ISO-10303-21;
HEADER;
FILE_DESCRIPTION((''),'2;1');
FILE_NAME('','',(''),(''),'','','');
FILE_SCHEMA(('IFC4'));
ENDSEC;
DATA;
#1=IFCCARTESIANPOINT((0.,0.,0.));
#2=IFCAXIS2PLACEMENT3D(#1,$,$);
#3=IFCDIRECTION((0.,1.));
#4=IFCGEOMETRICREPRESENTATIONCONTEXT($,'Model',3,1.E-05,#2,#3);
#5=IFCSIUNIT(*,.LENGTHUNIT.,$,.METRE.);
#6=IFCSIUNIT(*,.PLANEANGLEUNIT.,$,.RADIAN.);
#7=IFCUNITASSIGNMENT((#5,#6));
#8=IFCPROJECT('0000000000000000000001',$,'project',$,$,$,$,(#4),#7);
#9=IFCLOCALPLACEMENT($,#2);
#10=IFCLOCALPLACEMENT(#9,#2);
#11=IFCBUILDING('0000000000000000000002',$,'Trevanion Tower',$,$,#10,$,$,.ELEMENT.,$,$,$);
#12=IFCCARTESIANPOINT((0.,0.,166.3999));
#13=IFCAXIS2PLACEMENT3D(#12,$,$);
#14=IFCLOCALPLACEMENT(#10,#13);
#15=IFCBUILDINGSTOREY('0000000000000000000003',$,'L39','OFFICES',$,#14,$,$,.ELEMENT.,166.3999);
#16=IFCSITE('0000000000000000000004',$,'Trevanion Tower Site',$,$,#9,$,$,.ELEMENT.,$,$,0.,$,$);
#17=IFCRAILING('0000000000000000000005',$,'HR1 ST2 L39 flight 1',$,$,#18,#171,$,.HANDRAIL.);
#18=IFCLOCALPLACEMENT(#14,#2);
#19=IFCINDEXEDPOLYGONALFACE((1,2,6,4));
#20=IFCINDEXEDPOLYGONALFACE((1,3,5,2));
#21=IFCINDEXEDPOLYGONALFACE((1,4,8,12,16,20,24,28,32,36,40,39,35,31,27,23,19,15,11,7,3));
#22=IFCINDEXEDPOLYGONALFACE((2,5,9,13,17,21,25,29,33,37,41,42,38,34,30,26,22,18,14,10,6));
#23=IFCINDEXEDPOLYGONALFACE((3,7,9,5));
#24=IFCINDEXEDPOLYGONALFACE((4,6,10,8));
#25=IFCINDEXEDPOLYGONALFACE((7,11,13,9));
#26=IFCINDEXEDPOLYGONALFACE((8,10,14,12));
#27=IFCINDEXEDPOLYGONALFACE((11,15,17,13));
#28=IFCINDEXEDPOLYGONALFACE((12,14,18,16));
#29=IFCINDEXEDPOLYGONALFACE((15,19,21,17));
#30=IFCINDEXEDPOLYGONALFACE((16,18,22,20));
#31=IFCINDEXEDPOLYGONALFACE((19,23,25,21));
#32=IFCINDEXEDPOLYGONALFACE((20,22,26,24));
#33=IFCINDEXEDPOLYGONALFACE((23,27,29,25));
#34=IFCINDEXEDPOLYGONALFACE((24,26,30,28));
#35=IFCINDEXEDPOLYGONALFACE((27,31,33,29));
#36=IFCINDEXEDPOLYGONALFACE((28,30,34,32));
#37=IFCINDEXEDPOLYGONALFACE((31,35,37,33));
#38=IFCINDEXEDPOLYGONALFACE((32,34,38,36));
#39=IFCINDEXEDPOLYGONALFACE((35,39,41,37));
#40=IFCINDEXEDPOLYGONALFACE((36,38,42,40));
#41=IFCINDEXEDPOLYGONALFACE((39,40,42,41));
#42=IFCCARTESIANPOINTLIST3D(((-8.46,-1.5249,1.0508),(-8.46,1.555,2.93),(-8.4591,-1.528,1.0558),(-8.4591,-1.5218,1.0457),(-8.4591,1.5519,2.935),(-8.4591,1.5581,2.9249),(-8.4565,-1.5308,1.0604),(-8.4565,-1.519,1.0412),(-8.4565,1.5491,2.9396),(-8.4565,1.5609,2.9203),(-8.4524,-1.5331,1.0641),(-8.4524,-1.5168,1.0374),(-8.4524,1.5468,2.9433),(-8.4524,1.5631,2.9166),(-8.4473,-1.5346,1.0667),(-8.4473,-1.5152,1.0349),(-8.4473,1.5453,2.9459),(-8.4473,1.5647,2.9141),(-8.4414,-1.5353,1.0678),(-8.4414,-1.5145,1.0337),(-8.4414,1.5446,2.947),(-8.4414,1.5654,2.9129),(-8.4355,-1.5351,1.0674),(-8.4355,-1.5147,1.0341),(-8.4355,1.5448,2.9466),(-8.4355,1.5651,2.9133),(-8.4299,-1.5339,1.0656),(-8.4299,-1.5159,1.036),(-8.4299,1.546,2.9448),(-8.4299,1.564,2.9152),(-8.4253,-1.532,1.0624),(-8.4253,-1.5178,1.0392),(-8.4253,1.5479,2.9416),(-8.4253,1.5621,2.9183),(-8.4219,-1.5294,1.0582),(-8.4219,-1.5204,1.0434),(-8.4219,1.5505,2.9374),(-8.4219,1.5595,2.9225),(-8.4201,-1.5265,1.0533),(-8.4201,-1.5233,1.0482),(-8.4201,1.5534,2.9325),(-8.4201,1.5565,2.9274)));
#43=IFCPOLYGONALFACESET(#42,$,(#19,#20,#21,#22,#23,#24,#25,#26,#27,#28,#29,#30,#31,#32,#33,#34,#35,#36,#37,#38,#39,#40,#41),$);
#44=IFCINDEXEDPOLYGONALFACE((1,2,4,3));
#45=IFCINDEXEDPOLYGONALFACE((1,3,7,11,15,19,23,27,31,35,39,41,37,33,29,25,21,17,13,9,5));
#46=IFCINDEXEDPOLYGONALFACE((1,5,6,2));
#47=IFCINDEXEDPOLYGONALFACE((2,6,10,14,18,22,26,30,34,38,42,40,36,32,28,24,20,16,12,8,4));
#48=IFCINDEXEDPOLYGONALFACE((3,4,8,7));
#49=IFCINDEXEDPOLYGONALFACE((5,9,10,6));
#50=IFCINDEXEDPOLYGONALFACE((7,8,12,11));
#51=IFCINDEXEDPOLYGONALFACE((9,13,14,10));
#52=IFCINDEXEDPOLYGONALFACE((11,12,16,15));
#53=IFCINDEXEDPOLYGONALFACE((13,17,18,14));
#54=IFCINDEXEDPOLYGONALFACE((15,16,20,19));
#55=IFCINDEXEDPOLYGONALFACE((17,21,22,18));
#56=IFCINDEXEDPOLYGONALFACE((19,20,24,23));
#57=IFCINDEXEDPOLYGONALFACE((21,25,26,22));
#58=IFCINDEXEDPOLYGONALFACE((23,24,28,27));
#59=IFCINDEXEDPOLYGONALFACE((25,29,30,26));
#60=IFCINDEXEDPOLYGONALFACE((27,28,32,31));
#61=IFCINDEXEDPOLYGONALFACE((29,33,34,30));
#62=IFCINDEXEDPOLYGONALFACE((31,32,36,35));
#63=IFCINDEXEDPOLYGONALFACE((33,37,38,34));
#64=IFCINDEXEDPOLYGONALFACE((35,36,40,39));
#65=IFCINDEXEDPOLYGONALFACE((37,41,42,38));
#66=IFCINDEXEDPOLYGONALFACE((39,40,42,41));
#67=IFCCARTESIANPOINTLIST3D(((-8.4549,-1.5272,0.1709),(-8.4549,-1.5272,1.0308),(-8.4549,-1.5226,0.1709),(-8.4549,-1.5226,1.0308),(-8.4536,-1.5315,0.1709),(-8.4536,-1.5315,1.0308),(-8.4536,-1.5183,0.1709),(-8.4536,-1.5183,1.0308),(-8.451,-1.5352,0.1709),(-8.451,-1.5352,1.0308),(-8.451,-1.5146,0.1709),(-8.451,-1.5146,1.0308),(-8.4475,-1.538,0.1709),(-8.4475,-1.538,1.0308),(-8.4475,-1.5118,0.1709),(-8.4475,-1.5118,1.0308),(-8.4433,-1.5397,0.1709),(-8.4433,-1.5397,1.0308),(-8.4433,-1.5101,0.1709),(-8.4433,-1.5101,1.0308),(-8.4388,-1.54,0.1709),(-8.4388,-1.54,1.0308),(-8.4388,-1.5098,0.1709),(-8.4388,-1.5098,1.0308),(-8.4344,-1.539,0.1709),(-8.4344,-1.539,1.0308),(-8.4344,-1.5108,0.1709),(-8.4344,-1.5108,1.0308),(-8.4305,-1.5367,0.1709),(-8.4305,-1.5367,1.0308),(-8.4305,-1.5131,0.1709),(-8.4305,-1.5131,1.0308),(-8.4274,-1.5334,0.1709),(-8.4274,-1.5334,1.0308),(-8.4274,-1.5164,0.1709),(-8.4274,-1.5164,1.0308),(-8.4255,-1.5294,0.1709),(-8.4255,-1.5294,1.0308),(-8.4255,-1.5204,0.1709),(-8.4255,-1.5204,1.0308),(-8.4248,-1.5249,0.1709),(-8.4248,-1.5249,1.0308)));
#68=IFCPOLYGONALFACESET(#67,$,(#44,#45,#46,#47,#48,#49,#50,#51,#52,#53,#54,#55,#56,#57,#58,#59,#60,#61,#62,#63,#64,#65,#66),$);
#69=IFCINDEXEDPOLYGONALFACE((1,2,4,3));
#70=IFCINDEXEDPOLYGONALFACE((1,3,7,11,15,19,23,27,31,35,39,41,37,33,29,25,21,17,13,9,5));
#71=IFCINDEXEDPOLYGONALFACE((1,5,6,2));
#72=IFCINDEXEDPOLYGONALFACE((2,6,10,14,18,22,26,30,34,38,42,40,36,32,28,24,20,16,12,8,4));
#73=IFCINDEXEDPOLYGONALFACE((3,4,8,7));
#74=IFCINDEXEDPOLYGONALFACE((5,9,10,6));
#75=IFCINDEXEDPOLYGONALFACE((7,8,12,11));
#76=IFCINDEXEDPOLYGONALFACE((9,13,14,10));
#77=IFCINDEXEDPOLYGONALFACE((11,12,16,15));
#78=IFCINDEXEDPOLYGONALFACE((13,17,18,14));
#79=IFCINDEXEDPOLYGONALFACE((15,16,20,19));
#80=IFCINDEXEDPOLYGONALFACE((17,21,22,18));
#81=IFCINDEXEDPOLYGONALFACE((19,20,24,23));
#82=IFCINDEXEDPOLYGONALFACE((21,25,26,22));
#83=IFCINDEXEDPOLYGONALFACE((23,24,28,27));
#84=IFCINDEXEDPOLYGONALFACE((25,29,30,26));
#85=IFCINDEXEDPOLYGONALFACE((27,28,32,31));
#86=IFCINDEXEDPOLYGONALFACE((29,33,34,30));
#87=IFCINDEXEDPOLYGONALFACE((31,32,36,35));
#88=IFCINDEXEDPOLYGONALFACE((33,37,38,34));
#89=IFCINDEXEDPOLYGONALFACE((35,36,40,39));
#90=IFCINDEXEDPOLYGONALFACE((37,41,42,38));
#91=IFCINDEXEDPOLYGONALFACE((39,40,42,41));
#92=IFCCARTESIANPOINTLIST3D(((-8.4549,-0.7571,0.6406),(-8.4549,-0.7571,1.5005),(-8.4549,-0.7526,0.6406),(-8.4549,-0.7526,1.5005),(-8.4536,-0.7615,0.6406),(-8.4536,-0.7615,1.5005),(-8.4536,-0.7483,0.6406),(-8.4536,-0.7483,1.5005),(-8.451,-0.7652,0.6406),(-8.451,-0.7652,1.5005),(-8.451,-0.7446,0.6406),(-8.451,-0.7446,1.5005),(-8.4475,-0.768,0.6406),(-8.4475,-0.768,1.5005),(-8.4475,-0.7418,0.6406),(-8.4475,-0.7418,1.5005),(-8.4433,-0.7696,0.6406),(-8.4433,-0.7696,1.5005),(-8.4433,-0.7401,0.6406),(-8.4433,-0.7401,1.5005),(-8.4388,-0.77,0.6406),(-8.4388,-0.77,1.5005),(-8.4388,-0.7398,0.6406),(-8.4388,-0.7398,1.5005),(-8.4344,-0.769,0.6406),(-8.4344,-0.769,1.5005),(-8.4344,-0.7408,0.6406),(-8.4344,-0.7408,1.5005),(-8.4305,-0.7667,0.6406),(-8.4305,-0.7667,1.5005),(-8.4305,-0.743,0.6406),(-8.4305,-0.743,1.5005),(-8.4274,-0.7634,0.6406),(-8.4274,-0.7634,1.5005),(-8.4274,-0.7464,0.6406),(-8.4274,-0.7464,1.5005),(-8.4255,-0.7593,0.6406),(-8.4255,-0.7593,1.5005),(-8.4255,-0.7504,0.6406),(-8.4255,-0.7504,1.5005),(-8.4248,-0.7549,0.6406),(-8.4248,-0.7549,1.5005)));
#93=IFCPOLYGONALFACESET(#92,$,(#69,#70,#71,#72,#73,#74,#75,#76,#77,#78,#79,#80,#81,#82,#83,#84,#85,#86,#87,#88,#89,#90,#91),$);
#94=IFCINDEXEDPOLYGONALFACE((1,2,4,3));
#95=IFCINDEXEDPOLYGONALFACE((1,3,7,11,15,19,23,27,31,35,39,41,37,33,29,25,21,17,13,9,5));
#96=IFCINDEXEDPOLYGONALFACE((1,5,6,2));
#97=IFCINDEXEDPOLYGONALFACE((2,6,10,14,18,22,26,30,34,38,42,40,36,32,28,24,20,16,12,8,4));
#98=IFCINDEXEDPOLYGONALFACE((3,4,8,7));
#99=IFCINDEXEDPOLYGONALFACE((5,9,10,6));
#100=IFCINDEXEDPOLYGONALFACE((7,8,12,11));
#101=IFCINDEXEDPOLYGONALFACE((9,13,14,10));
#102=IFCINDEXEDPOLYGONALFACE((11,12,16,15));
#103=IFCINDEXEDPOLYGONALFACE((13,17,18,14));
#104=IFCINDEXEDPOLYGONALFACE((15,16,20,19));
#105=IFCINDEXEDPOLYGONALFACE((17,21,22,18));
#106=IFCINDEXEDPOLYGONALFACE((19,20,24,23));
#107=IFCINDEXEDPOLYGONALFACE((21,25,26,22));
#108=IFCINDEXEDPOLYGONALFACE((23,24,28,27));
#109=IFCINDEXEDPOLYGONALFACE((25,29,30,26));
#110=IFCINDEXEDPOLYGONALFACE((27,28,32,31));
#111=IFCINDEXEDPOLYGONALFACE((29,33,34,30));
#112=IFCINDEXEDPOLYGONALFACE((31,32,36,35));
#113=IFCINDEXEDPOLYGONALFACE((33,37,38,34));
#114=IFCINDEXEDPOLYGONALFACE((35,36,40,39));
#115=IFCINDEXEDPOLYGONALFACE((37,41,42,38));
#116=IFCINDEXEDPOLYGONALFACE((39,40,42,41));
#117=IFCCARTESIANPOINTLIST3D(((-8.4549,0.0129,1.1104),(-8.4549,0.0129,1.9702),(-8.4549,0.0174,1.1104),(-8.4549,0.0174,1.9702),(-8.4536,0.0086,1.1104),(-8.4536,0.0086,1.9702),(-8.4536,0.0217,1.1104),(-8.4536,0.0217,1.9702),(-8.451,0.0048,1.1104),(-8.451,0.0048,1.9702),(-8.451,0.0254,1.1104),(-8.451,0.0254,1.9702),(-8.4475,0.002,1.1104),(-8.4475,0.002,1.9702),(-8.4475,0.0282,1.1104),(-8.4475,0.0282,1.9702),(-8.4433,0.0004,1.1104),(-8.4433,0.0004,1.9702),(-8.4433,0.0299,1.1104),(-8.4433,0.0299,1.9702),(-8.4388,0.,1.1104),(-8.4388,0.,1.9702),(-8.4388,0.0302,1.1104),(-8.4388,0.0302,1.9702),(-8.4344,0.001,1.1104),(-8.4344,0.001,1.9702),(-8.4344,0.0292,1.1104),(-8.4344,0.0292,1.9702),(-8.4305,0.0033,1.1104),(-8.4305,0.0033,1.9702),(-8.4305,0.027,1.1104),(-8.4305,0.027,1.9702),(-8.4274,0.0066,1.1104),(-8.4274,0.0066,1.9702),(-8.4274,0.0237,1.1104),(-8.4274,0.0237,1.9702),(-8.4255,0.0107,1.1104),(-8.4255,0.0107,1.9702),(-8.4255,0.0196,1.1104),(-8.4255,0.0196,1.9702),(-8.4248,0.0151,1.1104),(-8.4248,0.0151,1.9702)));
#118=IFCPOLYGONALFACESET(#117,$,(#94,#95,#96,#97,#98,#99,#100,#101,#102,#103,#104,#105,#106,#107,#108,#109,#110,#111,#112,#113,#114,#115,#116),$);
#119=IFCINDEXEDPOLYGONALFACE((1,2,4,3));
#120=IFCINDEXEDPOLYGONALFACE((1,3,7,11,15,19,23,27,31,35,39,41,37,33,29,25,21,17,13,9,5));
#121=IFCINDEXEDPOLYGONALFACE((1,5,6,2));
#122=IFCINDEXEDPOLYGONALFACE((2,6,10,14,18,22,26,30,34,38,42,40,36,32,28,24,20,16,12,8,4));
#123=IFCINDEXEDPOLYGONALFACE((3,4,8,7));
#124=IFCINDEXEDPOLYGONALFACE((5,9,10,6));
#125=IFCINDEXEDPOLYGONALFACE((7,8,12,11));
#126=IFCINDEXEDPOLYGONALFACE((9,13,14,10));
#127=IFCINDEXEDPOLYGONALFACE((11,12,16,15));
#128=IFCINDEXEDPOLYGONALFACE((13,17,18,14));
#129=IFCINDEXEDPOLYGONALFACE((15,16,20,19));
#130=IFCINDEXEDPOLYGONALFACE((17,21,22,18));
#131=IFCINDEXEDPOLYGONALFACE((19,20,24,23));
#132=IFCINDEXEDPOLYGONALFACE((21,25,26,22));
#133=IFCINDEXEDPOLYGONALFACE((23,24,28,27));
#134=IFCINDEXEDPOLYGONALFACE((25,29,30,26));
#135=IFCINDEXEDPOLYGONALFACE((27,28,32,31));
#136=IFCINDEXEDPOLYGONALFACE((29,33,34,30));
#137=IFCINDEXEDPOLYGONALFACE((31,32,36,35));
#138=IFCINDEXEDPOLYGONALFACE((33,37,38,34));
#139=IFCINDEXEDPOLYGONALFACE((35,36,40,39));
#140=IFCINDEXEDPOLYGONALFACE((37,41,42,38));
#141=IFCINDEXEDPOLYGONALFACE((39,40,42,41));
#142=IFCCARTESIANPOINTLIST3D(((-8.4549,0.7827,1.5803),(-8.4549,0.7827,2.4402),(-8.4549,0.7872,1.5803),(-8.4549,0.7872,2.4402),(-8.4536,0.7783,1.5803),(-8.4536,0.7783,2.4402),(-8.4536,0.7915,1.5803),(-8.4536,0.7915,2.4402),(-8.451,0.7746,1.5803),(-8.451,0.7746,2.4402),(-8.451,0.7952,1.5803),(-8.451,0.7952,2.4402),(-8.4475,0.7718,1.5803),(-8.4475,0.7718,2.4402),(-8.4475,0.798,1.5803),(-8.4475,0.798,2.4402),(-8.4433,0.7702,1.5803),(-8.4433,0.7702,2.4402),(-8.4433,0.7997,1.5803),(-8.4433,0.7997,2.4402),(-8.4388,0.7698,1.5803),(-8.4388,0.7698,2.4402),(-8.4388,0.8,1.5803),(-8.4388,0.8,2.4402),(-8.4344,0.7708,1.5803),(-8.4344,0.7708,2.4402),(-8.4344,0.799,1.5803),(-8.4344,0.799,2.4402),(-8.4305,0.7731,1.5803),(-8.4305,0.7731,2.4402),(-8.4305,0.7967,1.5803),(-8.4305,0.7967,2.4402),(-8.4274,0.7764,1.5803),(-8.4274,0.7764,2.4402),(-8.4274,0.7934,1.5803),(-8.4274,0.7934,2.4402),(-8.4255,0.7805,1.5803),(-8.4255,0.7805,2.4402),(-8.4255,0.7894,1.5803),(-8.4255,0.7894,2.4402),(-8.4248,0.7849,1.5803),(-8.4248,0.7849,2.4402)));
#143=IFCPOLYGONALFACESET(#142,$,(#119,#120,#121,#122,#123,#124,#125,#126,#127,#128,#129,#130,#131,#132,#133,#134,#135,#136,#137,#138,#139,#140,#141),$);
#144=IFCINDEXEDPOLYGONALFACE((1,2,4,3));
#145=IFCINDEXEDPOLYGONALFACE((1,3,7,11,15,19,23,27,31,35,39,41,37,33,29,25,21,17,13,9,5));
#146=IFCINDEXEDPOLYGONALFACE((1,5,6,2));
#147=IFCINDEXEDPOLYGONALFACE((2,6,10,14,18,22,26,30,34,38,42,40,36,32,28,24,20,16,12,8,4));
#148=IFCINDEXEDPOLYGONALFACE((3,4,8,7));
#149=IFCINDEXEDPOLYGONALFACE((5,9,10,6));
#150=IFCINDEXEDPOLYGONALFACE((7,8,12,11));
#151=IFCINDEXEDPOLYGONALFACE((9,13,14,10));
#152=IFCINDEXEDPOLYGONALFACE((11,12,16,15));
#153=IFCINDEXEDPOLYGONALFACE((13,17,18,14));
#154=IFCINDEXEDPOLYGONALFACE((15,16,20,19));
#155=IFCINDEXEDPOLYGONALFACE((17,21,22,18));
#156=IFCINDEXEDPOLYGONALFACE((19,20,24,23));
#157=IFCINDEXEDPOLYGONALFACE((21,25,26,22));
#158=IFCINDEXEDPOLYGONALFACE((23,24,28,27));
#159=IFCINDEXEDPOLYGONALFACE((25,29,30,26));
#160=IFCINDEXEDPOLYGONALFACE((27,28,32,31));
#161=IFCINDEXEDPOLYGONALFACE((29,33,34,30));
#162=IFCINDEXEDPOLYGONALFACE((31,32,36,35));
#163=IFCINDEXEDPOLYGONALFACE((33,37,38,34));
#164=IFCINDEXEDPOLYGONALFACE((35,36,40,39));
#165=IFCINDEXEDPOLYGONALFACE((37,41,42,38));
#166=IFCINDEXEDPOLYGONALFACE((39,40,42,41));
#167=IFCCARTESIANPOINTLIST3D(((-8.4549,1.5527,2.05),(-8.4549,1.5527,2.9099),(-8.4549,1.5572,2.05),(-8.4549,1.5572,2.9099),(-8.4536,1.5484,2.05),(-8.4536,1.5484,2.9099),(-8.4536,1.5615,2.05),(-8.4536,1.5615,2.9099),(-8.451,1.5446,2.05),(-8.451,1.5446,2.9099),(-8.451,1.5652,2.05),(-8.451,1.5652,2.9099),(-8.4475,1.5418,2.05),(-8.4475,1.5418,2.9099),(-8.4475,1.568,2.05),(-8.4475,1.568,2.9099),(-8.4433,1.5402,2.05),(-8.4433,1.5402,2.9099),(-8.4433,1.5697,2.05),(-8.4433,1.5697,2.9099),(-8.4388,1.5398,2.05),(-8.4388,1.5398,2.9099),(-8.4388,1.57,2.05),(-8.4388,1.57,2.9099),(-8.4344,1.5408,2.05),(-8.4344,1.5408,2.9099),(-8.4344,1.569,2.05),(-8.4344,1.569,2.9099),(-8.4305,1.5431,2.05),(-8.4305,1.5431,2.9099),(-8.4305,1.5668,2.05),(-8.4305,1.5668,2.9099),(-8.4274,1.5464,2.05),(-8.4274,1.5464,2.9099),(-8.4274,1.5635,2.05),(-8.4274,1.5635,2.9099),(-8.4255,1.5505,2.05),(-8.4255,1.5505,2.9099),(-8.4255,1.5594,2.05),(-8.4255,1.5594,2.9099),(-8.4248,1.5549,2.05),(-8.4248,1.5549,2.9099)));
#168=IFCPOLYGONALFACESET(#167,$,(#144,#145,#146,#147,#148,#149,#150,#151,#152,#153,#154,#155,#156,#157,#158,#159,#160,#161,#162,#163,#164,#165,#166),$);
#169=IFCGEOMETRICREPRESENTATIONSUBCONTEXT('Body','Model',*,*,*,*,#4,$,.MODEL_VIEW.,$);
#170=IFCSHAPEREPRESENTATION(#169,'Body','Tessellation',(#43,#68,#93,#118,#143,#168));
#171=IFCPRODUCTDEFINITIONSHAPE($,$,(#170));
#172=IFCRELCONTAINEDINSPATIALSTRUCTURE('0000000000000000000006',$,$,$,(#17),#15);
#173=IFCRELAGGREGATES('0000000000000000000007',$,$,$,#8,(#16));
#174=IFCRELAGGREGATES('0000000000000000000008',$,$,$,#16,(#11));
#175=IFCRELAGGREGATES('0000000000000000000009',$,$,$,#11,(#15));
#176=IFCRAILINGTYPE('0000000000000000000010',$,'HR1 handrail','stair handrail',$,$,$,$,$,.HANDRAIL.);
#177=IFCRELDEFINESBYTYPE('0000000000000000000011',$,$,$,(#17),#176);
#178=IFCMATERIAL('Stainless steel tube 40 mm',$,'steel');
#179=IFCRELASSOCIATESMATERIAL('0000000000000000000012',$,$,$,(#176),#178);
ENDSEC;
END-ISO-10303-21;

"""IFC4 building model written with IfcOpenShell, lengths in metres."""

from ifc_helpers import new_model, si_unit, direction, frame, origin, origin_2d, place, context, subcontext, project, spatial, circle, extrude, material, type_object, element, save


model = new_model("IFC4")

# Units and contexts
model_context = context("Model", 3, precision=1e-05, world=origin(), true_north=direction((0.0, 1.0)))
body_context = subcontext(model_context, "Body", "Model", "MODEL_VIEW")
ifc_project = project(units=[si_unit("LENGTHUNIT", "METRE"), si_unit("PLANEANGLEUNIT", "RADIAN")], contexts=[model_context])

# Site, building, storey
site_placement = place(None, origin())
site = spatial("IfcSite", under=ifc_project, at=site_placement, Name="Trevanion Tower Site", CompositionType="ELEMENT", RefElevation=0.0)
building_placement = place(site_placement, origin())
building = spatial("IfcBuilding", under=site, at=building_placement, Name="Trevanion Tower", CompositionType="ELEMENT")
storey_placement = place(building_placement, frame((0.0, 0.0, 166.3999)))
storey = spatial("IfcBuildingStorey", under=building, at=storey_placement, Name="L39", Description="OFFICES", CompositionType="ELEMENT", Elevation=166.3999)

# Railing
ifc_material_1 = material(Name="Stainless steel tube 40 mm", Category="steel")
railing_type = type_object("IfcRailingType", Name="HR1 handrail", Description="stair handrail", PredefinedType="HANDRAIL", material=ifc_material_1)
for number, where, name in (
    (1, (-8.4399, -1.5249, 0.1709), "HR1 ST2 L39 flight 1"),
):
    element("IfcRailing", number, at=place(storey_placement, frame(where)), inside=storey, type_object=railing_type, Name=name, PredefinedType="HANDRAIL", context=body_context, shape_type="SweptSolid", body=[
        extrude(circle(Radius=0.02, at=origin_2d()), frame((0.0, 0.0, 0.8799), z_axis=(0.0, 0.853648, 0.52085), x_axis=(-1.0, 0.0, 0.0)), (0.0, 0.0, 1.0), 3.6079),
        extrude(circle(Radius=0.0151, at=origin_2d()), origin(), (0.0, 0.0, 1.0), 0.8599),
        extrude(circle(Radius=0.0151, at=origin_2d()), frame((0.0, 0.77, 0.4697)), (0.0, 0.0, 1.0), 0.8599),
        extrude(circle(Radius=0.0151, at=origin_2d()), frame((0.0, 1.54, 0.9395)), (0.0, 0.0, 1.0), 0.8599),
        extrude(circle(Radius=0.0151, at=origin_2d()), frame((0.0, 2.3098, 1.4094)), (0.0, 0.0, 1.0), 0.8599),
        extrude(circle(Radius=0.0151, at=origin_2d()), frame((0.0, 3.0798, 1.8792)), (0.0, 0.0, 1.0), 0.8599),
    ])

save(model, "model.ifc")
